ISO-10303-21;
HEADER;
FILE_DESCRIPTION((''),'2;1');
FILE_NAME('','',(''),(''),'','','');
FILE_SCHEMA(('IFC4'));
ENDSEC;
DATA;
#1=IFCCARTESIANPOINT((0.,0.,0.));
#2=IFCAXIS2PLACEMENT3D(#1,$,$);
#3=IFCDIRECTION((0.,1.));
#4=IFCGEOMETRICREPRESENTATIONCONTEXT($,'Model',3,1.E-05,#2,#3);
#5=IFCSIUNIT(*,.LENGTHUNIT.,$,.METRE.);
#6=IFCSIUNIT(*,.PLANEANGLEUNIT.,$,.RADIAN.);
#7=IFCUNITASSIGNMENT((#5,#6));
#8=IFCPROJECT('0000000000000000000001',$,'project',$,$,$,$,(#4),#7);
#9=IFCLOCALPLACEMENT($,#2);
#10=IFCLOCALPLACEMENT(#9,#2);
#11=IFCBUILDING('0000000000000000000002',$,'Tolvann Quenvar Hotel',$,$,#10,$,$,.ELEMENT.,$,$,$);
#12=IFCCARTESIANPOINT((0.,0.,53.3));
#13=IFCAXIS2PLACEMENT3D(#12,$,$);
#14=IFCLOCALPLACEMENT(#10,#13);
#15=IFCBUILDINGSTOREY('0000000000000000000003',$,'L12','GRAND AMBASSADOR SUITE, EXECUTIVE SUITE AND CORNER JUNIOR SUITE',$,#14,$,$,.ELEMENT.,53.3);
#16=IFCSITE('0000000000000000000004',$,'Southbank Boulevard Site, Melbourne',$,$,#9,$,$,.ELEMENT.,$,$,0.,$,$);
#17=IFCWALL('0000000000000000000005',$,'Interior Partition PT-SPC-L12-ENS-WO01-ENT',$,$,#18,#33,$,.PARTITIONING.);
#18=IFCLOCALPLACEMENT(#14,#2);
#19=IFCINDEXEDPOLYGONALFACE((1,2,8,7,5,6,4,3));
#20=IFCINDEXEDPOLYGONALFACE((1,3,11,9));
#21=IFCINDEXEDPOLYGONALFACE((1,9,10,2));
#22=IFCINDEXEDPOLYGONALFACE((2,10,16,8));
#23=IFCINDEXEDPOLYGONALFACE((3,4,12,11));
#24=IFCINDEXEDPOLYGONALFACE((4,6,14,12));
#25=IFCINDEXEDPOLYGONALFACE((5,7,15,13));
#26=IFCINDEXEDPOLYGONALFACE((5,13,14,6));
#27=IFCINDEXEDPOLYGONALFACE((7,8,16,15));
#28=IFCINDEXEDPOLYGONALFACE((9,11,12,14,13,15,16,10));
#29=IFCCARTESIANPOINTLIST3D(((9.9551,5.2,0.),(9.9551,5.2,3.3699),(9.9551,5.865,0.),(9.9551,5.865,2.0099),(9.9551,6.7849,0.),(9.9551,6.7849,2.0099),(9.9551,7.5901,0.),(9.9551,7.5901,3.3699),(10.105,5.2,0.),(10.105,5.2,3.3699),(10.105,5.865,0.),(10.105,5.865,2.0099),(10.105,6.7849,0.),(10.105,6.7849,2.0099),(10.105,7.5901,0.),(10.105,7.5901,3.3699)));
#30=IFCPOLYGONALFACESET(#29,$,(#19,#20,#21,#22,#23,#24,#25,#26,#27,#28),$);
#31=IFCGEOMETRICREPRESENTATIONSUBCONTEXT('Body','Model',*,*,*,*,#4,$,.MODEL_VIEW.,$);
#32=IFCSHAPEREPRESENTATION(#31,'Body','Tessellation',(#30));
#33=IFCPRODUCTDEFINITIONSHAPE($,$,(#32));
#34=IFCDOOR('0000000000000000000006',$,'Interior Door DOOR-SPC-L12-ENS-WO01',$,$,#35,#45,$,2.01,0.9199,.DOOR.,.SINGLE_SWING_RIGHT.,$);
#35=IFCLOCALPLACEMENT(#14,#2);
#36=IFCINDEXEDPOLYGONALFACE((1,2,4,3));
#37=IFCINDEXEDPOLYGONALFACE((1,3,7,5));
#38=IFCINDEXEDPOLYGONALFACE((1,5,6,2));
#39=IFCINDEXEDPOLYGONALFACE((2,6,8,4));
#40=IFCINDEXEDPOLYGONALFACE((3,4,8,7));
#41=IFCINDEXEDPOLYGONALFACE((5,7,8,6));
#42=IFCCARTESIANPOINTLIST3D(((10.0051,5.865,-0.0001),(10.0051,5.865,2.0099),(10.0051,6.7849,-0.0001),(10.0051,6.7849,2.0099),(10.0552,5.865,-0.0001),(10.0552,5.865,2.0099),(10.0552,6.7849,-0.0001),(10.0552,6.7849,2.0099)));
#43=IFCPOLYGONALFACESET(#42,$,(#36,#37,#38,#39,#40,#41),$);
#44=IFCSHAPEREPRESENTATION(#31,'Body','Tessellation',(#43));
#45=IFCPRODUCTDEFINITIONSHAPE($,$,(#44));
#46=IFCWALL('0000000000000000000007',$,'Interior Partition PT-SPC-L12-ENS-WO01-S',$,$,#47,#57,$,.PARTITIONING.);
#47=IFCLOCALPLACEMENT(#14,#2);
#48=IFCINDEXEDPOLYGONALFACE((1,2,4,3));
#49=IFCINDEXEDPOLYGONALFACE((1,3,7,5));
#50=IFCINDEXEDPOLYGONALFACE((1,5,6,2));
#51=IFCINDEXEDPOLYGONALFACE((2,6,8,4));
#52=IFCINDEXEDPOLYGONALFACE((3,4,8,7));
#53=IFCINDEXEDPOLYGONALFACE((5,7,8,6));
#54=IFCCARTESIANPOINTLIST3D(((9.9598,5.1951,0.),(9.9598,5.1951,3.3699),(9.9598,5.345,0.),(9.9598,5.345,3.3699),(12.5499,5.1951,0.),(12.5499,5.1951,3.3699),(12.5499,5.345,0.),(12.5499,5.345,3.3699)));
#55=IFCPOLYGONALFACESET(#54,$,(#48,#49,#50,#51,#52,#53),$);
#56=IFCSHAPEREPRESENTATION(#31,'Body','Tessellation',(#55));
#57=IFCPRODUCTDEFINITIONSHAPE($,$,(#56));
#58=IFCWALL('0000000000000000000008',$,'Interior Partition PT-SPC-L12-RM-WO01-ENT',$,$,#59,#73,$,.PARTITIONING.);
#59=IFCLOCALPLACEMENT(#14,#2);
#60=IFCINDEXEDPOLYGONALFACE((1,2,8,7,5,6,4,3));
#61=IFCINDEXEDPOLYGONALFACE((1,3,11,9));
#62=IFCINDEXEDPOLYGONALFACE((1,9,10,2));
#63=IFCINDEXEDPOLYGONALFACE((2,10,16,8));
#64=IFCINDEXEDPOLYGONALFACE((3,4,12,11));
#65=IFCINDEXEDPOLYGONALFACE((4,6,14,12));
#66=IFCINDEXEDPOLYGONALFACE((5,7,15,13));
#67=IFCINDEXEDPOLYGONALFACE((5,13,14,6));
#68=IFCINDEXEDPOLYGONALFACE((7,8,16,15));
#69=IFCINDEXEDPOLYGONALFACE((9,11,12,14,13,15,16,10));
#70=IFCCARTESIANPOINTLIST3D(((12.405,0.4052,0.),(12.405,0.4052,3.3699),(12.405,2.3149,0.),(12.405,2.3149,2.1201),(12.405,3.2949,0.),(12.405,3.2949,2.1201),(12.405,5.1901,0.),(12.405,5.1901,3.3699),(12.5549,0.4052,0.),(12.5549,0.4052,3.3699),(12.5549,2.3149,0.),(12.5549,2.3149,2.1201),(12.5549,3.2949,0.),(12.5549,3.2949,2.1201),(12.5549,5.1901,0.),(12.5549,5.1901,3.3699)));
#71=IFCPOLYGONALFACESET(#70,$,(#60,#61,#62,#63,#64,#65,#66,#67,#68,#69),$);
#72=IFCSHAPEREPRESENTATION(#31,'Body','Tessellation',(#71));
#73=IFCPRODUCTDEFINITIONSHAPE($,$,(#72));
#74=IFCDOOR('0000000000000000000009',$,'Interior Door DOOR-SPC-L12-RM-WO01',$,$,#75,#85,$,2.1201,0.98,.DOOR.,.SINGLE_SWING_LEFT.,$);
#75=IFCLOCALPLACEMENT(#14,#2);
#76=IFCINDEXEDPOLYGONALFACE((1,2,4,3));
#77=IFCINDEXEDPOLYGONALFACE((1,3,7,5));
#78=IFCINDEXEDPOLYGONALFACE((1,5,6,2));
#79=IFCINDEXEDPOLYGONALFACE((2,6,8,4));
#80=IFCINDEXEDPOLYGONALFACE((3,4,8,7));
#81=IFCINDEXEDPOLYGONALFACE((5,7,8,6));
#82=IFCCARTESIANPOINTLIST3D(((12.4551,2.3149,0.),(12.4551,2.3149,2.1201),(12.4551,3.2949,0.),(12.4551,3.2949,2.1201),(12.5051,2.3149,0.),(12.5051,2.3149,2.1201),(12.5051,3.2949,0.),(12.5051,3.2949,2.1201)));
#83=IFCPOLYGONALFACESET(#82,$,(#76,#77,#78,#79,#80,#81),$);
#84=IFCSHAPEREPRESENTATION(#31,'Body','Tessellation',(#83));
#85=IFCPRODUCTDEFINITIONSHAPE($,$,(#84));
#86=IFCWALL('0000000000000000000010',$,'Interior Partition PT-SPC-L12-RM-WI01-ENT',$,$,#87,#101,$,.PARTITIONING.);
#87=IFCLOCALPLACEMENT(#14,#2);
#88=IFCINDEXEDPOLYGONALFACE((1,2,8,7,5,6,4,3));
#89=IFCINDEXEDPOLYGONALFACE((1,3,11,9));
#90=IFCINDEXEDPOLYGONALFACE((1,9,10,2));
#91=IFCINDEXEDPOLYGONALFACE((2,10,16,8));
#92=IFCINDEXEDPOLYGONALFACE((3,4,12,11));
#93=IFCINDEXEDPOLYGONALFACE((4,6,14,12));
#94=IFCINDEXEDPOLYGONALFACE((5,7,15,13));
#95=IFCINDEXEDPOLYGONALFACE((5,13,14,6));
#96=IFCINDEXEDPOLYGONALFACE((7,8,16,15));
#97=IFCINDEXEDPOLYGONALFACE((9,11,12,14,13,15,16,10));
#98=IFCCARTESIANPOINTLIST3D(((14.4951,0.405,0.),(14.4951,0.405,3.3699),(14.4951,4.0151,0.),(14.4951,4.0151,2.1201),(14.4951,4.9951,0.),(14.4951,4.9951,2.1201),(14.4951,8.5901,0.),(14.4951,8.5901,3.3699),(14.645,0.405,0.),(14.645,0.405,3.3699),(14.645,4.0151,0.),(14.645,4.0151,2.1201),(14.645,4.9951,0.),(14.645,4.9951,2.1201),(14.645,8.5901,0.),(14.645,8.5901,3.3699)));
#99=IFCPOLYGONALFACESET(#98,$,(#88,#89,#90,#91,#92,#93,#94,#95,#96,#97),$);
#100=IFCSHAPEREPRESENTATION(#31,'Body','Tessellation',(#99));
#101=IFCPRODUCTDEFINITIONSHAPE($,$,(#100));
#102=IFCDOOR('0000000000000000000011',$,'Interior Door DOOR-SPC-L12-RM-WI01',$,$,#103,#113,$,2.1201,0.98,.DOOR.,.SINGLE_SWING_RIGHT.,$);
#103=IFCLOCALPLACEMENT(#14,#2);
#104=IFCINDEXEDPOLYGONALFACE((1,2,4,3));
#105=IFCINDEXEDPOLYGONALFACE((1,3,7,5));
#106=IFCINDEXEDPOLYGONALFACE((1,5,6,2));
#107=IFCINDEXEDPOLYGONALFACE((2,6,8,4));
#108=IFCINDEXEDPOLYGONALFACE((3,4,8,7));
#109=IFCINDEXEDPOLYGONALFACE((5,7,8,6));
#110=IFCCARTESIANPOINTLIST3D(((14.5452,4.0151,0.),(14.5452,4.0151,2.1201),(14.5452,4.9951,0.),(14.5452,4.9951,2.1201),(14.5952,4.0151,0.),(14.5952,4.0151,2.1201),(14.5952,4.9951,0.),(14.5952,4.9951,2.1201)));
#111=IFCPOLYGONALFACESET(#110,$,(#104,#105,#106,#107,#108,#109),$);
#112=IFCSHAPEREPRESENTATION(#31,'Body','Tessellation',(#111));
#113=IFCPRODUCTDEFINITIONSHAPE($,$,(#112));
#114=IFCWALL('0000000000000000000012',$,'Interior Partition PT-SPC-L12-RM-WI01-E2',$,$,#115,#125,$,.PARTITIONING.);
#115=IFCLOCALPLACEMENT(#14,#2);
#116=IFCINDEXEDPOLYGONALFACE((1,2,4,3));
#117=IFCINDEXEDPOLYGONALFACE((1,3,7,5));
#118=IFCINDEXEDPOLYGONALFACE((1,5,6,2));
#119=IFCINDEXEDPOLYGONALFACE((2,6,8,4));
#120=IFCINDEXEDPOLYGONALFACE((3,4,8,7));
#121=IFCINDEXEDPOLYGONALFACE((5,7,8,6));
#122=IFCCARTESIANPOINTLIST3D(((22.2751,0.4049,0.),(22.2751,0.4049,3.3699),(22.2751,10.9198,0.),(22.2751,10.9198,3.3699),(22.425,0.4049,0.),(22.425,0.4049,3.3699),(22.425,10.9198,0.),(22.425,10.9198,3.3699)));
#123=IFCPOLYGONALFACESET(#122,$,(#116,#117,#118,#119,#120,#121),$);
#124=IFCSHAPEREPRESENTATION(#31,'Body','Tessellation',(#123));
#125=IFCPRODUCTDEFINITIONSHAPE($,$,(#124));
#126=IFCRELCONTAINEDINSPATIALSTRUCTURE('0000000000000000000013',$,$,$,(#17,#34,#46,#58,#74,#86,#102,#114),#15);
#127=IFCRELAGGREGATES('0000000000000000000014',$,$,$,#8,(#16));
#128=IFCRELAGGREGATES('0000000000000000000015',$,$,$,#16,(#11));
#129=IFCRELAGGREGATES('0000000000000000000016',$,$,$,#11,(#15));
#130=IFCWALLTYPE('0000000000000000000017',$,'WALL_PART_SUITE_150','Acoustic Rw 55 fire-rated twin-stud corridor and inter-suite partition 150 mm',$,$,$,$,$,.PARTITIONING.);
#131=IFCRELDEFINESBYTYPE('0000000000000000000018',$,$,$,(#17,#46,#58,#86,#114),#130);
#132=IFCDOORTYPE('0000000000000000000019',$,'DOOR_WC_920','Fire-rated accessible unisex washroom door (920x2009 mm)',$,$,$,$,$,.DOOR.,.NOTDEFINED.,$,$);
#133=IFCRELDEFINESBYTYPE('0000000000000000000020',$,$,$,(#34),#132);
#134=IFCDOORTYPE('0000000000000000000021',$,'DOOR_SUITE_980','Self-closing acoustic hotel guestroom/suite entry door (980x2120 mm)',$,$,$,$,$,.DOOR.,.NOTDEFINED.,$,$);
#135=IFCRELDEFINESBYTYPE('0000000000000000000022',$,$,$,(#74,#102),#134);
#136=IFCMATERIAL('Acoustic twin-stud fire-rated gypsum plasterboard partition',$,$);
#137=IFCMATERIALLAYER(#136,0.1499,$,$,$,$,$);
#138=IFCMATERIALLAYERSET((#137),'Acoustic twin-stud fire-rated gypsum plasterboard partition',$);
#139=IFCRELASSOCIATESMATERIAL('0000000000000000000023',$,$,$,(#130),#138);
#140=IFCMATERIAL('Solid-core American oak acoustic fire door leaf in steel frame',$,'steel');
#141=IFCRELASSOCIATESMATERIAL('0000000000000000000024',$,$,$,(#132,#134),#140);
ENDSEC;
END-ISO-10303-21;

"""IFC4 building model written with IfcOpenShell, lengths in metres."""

from ifc_helpers import new_model, si_unit, direction, frame, frame_2d, origin, place, context, subcontext, project, spatial, rectangle, extrude, source, transform, mapped, material, layer, layer_set, type_object, type_shapes, element, fill, save


model = new_model("IFC4")

# Units and contexts
model_context = context("Model", 3, precision=1e-05, world=origin(), true_north=direction((0.0, 1.0)))
body_context = subcontext(model_context, "Body", "Model", "MODEL_VIEW")
ifc_project = project(units=[si_unit("LENGTHUNIT", "METRE"), si_unit("PLANEANGLEUNIT", "RADIAN")], contexts=[model_context])

# Site, building, storey
site_placement = place(None, origin())
site = spatial("IfcSite", under=ifc_project, at=site_placement, Name="Southbank Boulevard Site, Melbourne", CompositionType="ELEMENT", RefElevation=0.0)
building_placement = place(site_placement, origin())
building = spatial("IfcBuilding", under=site, at=building_placement, Name="Tolvann Quenvar Hotel", CompositionType="ELEMENT")
storey_placement = place(building_placement, frame((0.0, 0.0, 53.3)))
storey = spatial("IfcBuildingStorey", under=building, at=storey_placement, Name="L12", Description="GRAND AMBASSADOR SUITE, EXECUTIVE SUITE AND CORNER JUNIOR SUITE", CompositionType="ELEMENT", Elevation=53.3)

# Wall, opening, door
ifc_material_1 = material(Name="Acoustic twin-stud fire-rated gypsum plasterboard partition")
ifc_layer_1 = layer(ifc_material_1, 0.1499)
ifc_layer_set_1 = layer_set([ifc_layer_1], Name="Acoustic twin-stud fire-rated gypsum plasterboard partition")
wall_type_1 = type_object("IfcWallType", Name="WALL_PART_SUITE_150", Description="Acoustic Rw 55 fire-rated twin-stud corridor and inter-suite partition 150 mm", PredefinedType="PARTITIONING", material=ifc_layer_set_1)
wall_1_placement = place(storey_placement, frame((10.03, 5.2, 0.0), z_axis=(0.0, 0.0, 1.0), x_axis=(0.0, 1.0, 0.0)))
wall_1 = element("IfcWall", 1, at=wall_1_placement, inside=storey, type_object=wall_type_1, Name="Interior Partition PT-SPC-L12-ENS-WO01-ENT", PredefinedType="PARTITIONING", context=body_context, shape_type="SweptSolid", body=[
    extrude(rectangle(XDim=2.3901, YDim=0.1499, at=frame_2d((1.1951, 0.0))), origin(), (0.0, 0.0, 1.0), 3.3699),
])
opening_1_placement = place(wall_1_placement, frame((0.665, 0.0, 0.0)))
opening_1 = element("IfcOpeningElement", 2, at=opening_1_placement, cuts=wall_1, PredefinedType="OPENING", context=body_context, shape_type="SweptSolid", body=[
    extrude(rectangle(XDim=0.9199, YDim=2.01, at=frame_2d((0.46, 1.0049))), frame((0.0, 0.085, 0.0), z_axis=(0.0, -1.0, 0.0), x_axis=(1.0, 0.0, 0.0)), (0.0, 0.0, 1.0), 0.1699),
])
ifc_material_2 = material(Name="Solid-core American oak acoustic fire door leaf in steel frame", Category="steel")
door_type_1 = type_object("IfcDoorType", Name="DOOR_WC_920", Description="Fire-rated accessible unisex washroom door (920x2009 mm)", OperationType="NOTDEFINED", PredefinedType="DOOR", material=ifc_material_2)
shared_shape_1 = source(origin(), body_context, "Body", "SweptSolid", [
    extrude(rectangle(XDim=0.9199, YDim=2.01, at=frame_2d((0.46, 1.0049))), frame((0.0, 0.0249, 0.0), z_axis=(0.0, -1.0, 0.0), x_axis=(1.0, 0.0, 0.0)), (0.0, 0.0, 1.0), 0.05),
])
type_shapes(door_type_1, [shared_shape_1])
door_1_placement = place(opening_1_placement, origin())
door_1 = element("IfcDoor", 3, at=door_1_placement, inside=storey, type_object=door_type_1, Name="Interior Door DOOR-SPC-L12-ENS-WO01", OperationType="SINGLE_SWING_RIGHT", OverallHeight=2.01, OverallWidth=0.9199, PredefinedType="DOOR", context=body_context, shape_type="MappedRepresentation", body=[
    mapped(shared_shape_1, transform((0.0, 0.0, 0.0), x_axis=(1.0, 0.0, 0.0), y_axis=(0.0, 1.0, 0.0), z_axis=(0.0, 0.0, 1.0), scale=1.0)),
])
fill(opening_1, door_1)

# Wall
wall_2_placement = place(storey_placement, frame((9.96, 5.27, 0.0), z_axis=(0.0, 0.0, 1.0), x_axis=(1.0, 0.0, 0.0)))
element("IfcWall", 4, at=wall_2_placement, inside=storey, type_object=wall_type_1, Name="Interior Partition PT-SPC-L12-ENS-WO01-S", PredefinedType="PARTITIONING", context=body_context, shape_type="SweptSolid", body=[
    extrude(rectangle(XDim=2.5901, YDim=0.1499, at=frame_2d((1.2949, 0.0))), origin(), (0.0, 0.0, 1.0), 3.3699),
])

# Walls, openings, doors
wall_3_placement = place(storey_placement, frame((12.48, 0.405, 0.0), z_axis=(0.0, 0.0, 1.0), x_axis=(0.0, 1.0, 0.0)))
wall_3 = element("IfcWall", 5, at=wall_3_placement, inside=storey, type_object=wall_type_1, Name="Interior Partition PT-SPC-L12-RM-WO01-ENT", PredefinedType="PARTITIONING", context=body_context, shape_type="SweptSolid", body=[
    extrude(rectangle(XDim=4.7849, YDim=0.1499, at=frame_2d((2.3926, 0.0))), origin(), (0.0, 0.0, 1.0), 3.3699),
])
opening_2_placement = place(wall_3_placement, frame((1.9099, 0.0, 0.0)))
opening_2 = element("IfcOpeningElement", 6, at=opening_2_placement, cuts=wall_3, PredefinedType="OPENING", context=body_context, shape_type="SweptSolid", body=[
    extrude(rectangle(XDim=0.98, YDim=2.1201, at=frame_2d((0.49, 1.0601))), frame((0.0, 0.085, 0.0), z_axis=(0.0, -1.0, 0.0), x_axis=(1.0, 0.0, 0.0)), (0.0, 0.0, 1.0), 0.1699),
])
door_type_2 = type_object("IfcDoorType", Name="DOOR_SUITE_980", Description="Self-closing acoustic hotel guestroom/suite entry door (980x2120 mm)", OperationType="NOTDEFINED", PredefinedType="DOOR", material=ifc_material_2)
shared_shape_2 = source(origin(), body_context, "Body", "SweptSolid", [
    extrude(rectangle(XDim=0.98, YDim=2.1201, at=frame_2d((0.49, 1.0601))), frame((0.0, 0.0249, 0.0), z_axis=(0.0, -1.0, 0.0), x_axis=(1.0, 0.0, 0.0)), (0.0, 0.0, 1.0), 0.05),
])
type_shapes(door_type_2, [shared_shape_2])
door_2_placement = place(opening_2_placement, origin())
door_2 = element("IfcDoor", 7, at=door_2_placement, inside=storey, type_object=door_type_2, Name="Interior Door DOOR-SPC-L12-RM-WO01", OperationType="SINGLE_SWING_LEFT", OverallHeight=2.1201, OverallWidth=0.98, PredefinedType="DOOR", context=body_context, shape_type="MappedRepresentation", body=[
    mapped(shared_shape_2, transform((0.0, 0.0, 0.0), x_axis=(1.0, 0.0, 0.0), y_axis=(0.0, 1.0, 0.0), z_axis=(0.0, 0.0, 1.0), scale=1.0)),
])
fill(opening_2, door_2)
wall_4_placement = place(storey_placement, frame((14.5701, 0.405, 0.0), z_axis=(0.0, 0.0, 1.0), x_axis=(0.0, 1.0, 0.0)))
wall_4 = element("IfcWall", 8, at=wall_4_placement, inside=storey, type_object=wall_type_1, Name="Interior Partition PT-SPC-L12-RM-WI01-ENT", PredefinedType="PARTITIONING", context=body_context, shape_type="SweptSolid", body=[
    extrude(rectangle(XDim=8.1851, YDim=0.1499, at=frame_2d((4.0925, 0.0))), origin(), (0.0, 0.0, 1.0), 3.3699),
])
opening_3_placement = place(wall_4_placement, frame((3.6101, 0.0, 0.0)))
opening_3 = element("IfcOpeningElement", 9, at=opening_3_placement, cuts=wall_4, PredefinedType="OPENING", context=body_context, shape_type="SweptSolid", body=[
    extrude(rectangle(XDim=0.98, YDim=2.1201, at=frame_2d((0.49, 1.0601))), frame((0.0, 0.085, 0.0), z_axis=(0.0, -1.0, 0.0), x_axis=(1.0, 0.0, 0.0)), (0.0, 0.0, 1.0), 0.1699),
])
door_3_placement = place(opening_3_placement, origin())
door_3 = element("IfcDoor", 10, at=door_3_placement, inside=storey, type_object=door_type_2, Name="Interior Door DOOR-SPC-L12-RM-WI01", OperationType="SINGLE_SWING_RIGHT", OverallHeight=2.1201, OverallWidth=0.98, PredefinedType="DOOR", context=body_context, shape_type="MappedRepresentation", body=[
    mapped(shared_shape_2, transform((0.0, 0.0, 0.0), x_axis=(1.0, 0.0, 0.0), y_axis=(0.0, 1.0, 0.0), z_axis=(0.0, 0.0, 1.0), scale=1.0)),
])
fill(opening_3, door_3)

# Wall
wall_5_placement = place(storey_placement, frame((22.3501, 0.405, 0.0), z_axis=(0.0, 0.0, 1.0), x_axis=(0.0, 1.0, 0.0)))
element("IfcWall", 11, at=wall_5_placement, inside=storey, type_object=wall_type_1, Name="Interior Partition PT-SPC-L12-RM-WI01-E2", PredefinedType="PARTITIONING", context=body_context, shape_type="SweptSolid", body=[
    extrude(rectangle(XDim=10.5149, YDim=0.1499, at=frame_2d((5.2573, 0.0))), origin(), (0.0, 0.0, 1.0), 3.3699),
])

save(model, "model.ifc")
